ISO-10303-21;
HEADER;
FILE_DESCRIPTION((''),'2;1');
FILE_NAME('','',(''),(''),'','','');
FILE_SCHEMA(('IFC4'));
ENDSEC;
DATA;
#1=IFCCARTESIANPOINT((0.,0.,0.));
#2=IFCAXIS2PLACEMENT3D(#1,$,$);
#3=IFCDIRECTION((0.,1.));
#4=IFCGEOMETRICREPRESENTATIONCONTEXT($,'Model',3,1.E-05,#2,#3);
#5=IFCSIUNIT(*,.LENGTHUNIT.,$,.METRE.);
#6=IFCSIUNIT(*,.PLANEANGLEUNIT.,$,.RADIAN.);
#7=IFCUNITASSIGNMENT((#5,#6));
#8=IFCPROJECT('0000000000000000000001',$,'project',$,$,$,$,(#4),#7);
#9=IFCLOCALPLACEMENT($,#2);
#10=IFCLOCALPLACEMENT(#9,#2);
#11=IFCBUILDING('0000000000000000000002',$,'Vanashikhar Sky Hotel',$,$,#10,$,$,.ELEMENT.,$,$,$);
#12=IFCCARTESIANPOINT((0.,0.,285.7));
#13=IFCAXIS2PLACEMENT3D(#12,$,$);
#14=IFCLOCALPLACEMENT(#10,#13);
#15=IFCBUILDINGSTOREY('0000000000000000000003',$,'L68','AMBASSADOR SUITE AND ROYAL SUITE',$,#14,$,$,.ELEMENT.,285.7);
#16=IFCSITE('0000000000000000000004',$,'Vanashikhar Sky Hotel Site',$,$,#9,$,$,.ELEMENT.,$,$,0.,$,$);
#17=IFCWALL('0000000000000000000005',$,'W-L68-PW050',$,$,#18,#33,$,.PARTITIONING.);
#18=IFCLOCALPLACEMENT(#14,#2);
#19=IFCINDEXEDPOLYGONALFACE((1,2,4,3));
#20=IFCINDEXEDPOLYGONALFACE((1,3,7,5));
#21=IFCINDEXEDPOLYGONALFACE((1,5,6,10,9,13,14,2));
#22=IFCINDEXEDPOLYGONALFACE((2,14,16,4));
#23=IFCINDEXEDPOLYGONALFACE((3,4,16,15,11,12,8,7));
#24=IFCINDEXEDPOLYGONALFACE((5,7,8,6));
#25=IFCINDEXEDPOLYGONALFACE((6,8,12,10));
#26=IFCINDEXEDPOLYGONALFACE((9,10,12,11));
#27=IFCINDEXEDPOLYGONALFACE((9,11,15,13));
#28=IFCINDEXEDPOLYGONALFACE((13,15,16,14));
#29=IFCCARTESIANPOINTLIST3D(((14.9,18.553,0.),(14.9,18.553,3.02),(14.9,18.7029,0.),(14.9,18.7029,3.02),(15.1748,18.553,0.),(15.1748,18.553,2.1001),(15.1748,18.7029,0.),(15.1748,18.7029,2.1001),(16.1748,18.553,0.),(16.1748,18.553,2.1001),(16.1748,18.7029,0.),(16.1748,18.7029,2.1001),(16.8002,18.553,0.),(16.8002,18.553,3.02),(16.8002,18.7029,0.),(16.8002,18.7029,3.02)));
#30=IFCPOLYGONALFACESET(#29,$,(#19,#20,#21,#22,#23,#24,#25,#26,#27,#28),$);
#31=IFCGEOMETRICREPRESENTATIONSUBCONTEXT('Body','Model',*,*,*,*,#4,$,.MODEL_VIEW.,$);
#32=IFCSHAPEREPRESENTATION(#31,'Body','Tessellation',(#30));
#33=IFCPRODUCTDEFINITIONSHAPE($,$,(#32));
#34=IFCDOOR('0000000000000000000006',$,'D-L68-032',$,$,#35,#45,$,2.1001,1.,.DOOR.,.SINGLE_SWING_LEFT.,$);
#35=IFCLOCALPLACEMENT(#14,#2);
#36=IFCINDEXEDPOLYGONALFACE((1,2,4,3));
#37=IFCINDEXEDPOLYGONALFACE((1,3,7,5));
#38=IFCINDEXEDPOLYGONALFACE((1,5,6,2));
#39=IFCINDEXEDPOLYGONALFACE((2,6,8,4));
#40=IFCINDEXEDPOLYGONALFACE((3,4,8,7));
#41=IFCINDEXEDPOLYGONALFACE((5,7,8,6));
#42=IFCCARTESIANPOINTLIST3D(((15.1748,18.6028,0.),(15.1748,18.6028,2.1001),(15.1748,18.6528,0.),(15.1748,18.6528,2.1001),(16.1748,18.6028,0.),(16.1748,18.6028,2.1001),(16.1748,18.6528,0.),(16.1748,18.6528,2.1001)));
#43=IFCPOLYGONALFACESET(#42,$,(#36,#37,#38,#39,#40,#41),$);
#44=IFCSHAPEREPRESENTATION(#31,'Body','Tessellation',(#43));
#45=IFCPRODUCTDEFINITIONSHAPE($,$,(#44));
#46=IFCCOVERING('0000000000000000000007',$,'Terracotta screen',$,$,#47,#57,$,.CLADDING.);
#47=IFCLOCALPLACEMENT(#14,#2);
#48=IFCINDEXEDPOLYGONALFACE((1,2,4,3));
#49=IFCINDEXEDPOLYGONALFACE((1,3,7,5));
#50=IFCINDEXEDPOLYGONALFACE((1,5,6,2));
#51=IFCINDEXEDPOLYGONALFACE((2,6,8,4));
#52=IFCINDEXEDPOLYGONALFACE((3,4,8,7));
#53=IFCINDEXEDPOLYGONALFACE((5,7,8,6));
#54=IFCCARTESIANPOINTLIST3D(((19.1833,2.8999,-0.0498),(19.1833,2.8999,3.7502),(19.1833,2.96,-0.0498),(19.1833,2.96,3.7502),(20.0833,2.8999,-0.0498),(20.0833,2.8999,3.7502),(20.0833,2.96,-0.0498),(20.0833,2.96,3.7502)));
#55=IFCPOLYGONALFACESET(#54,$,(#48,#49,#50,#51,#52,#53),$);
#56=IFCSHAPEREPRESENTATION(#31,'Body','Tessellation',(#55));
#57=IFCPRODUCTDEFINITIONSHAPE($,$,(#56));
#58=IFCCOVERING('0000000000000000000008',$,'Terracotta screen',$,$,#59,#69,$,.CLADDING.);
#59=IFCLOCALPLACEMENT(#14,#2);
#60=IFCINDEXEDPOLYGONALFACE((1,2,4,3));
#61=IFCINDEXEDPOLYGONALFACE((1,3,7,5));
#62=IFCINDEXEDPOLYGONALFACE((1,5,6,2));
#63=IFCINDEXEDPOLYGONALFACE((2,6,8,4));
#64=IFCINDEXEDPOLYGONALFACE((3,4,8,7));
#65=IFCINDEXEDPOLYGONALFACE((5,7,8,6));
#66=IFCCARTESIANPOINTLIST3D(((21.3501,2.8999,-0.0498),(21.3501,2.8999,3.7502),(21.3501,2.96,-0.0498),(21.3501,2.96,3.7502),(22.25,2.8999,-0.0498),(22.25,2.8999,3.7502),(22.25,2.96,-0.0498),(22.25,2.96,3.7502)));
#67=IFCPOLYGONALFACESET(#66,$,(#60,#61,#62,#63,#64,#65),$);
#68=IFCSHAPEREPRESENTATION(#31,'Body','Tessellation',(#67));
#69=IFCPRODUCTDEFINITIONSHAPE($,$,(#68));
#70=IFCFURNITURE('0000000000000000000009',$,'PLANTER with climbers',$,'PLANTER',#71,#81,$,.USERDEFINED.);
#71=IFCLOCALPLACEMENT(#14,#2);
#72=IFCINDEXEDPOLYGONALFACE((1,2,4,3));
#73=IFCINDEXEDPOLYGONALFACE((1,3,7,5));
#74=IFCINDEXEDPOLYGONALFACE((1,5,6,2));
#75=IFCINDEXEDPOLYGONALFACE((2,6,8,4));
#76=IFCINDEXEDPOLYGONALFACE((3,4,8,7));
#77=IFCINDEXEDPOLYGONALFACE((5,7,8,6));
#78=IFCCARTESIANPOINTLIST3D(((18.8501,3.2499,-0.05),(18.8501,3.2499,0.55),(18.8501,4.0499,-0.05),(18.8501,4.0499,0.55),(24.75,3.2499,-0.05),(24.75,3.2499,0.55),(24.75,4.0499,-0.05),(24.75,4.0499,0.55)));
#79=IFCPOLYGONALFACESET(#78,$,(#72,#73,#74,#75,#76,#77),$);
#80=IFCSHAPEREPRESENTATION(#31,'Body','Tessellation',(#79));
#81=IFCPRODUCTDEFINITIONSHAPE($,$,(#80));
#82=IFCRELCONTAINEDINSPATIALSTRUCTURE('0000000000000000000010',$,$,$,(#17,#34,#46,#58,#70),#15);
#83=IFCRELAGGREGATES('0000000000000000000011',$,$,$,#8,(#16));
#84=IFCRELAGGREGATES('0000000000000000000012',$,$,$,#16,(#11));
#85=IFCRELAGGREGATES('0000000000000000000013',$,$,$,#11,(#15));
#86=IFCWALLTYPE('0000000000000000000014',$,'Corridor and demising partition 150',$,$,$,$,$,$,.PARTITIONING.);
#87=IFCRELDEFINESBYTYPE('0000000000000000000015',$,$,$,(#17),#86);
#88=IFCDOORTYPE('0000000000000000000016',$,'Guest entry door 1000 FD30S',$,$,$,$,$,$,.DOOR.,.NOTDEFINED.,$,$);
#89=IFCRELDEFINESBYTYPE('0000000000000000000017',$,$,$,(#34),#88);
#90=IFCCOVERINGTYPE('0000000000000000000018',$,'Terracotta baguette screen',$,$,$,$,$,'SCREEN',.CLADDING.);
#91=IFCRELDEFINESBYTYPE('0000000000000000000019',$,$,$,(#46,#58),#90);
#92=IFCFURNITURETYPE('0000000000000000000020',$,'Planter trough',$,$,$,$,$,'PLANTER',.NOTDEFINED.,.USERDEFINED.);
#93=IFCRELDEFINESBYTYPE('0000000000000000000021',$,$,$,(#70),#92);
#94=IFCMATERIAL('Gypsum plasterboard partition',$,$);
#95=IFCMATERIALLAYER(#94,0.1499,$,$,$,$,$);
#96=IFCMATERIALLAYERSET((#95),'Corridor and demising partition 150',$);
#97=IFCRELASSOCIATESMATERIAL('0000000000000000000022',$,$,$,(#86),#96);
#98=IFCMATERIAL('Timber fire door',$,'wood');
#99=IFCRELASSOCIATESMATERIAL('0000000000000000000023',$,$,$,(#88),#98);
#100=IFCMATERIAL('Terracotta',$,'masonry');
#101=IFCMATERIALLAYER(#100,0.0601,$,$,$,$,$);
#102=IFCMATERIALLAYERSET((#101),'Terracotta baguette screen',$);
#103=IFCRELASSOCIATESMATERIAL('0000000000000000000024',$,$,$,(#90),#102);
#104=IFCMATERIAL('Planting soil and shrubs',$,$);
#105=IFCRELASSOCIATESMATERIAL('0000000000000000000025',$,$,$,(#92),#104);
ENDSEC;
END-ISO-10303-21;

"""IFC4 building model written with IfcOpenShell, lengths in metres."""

from ifc_helpers import new_model, si_unit, direction, frame, frame_2d, origin, origin_2d, place, context, subcontext, project, spatial, rectangle, extrude, source, transform, mapped, material, layer, layer_set, type_object, element, fill, save


model = new_model("IFC4")

# Units and contexts
model_context = context("Model", 3, precision=1e-05, world=origin(), true_north=direction((0.0, 1.0)))
body_context = subcontext(model_context, "Body", "Model", "MODEL_VIEW")
ifc_project = project(units=[si_unit("LENGTHUNIT", "METRE"), si_unit("PLANEANGLEUNIT", "RADIAN")], contexts=[model_context])

# Site, building, storey
site_placement = place(None, origin())
site = spatial("IfcSite", under=ifc_project, at=site_placement, Name="Vanashikhar Sky Hotel Site", CompositionType="ELEMENT", RefElevation=0.0)
building_placement = place(site_placement, origin())
building = spatial("IfcBuilding", under=site, at=building_placement, Name="Vanashikhar Sky Hotel", CompositionType="ELEMENT")
storey_placement = place(building_placement, frame((0.0, 0.0, 285.7)))
storey = spatial("IfcBuildingStorey", under=building, at=storey_placement, Name="L68", Description="AMBASSADOR SUITE AND ROYAL SUITE", CompositionType="ELEMENT", Elevation=285.7)

# Shared definitions
ifc_material_1 = material(Name="Gypsum plasterboard partition")

# Wall, opening, door
ifc_layer_1 = layer(ifc_material_1, 0.1499)
ifc_layer_set_1 = layer_set([ifc_layer_1], Name="Corridor and demising partition 150")
wall_type_1 = type_object("IfcWallType", Name="Corridor and demising partition 150", PredefinedType="PARTITIONING", material=ifc_layer_set_1)
shared_shape_1 = source(origin(), body_context, "Body", "SweptSolid", [
    extrude(rectangle(XDim=1.9001, YDim=0.1499, at=frame_2d((0.9502, 0.0))), origin(), (0.0, 0.0, 1.0), 3.02),
])
wall_1_placement = place(storey_placement, frame((14.8999, 18.6279, 0.0), z_axis=(0.0, 0.0, 1.0), x_axis=(1.0, 0.0, 0.0)))
wall_1 = element("IfcWall", 1, at=wall_1_placement, inside=storey, type_object=wall_type_1, Name="W-L68-PW050", PredefinedType="PARTITIONING", context=body_context, shape_type="MappedRepresentation", body=[
    mapped(shared_shape_1, transform((0.0, 0.0, 0.0), scale=1.0)),
])
shared_shape_2 = source(origin(), body_context, "Body", "SweptSolid", [
    extrude(rectangle(XDim=1.0, YDim=2.1001, at=frame_2d((0.5, 1.05))), frame((0.0, 0.085, 0.0), z_axis=(0.0, -1.0, 0.0), x_axis=(1.0, 0.0, 0.0)), (0.0, 0.0, 1.0), 0.1699),
])
opening_1_placement = place(wall_1_placement, frame((0.2749, 0.0, 0.0)))
opening_1 = element("IfcOpeningElement", 2, at=opening_1_placement, cuts=wall_1, PredefinedType="OPENING", context=body_context, shape_type="MappedRepresentation", body=[
    mapped(shared_shape_2, transform((0.0, 0.0, 0.0), scale=1.0)),
])
ifc_material_2 = material(Name="Timber fire door", Category="wood")
door_type_1 = type_object("IfcDoorType", Name="Guest entry door 1000 FD30S", OperationType="NOTDEFINED", PredefinedType="DOOR", material=ifc_material_2)
shared_shape_3 = source(origin(), body_context, "Body", "SweptSolid", [
    extrude(rectangle(XDim=1.0, YDim=2.1001, at=frame_2d((0.5, 1.05))), frame((0.0, 0.0249, 0.0), z_axis=(0.0, -1.0, 0.0), x_axis=(1.0, 0.0, 0.0)), (0.0, 0.0, 1.0), 0.05),
])
door_1_placement = place(opening_1_placement, origin())
door_1 = element("IfcDoor", 3, at=door_1_placement, inside=storey, type_object=door_type_1, Name="D-L68-032", OperationType="SINGLE_SWING_LEFT", OverallHeight=2.1001, OverallWidth=1.0, PredefinedType="DOOR", context=body_context, shape_type="MappedRepresentation", body=[
    mapped(shared_shape_3, transform((0.0, 0.0, 0.0), scale=1.0)),
])
fill(opening_1, door_1)

# Coverings
ifc_material_3 = material(Name="Terracotta", Category="masonry")
ifc_layer_2 = layer(ifc_material_3, 0.0601)
ifc_layer_set_2 = layer_set([ifc_layer_2], Name="Terracotta baguette screen")
covering_type = type_object("IfcCoveringType", Name="Terracotta baguette screen", ElementType="SCREEN", PredefinedType="CLADDING", material=ifc_layer_set_2)
shared_shape_4 = source(origin(), body_context, "Body", "SweptSolid", [
    extrude(rectangle(XDim=0.8999, YDim=0.0601, at=origin_2d()), origin(), (0.0, 0.0, 1.0), 3.8),
])
for number, where, z_axis, x_axis, name in (
    (4, (19.6333, 2.9299, -0.0498), (0.0, 0.0, 1.0), (1.0, 0.0, 0.0), "Terracotta screen"),
    (5, (21.8, 2.9299, -0.0498), (0.0, 0.0, 1.0), (1.0, 0.0, 0.0), "Terracotta screen"),
):
    element("IfcCovering", number, at=place(storey_placement, frame(where, z_axis=z_axis, x_axis=x_axis)), inside=storey, type_object=covering_type, Name=name, PredefinedType="CLADDING", context=body_context, shape_type="MappedRepresentation", body=[
        mapped(shared_shape_4, transform((0.0, 0.0, 0.0), scale=1.0)),
    ])

# Furniture
ifc_material_4 = material(Name="Planting soil and shrubs")
furniture_type = type_object("IfcFurnitureType", Name="Planter trough", ElementType="PLANTER", AssemblyPlace="NOTDEFINED", PredefinedType="USERDEFINED", material=ifc_material_4)
shared_shape_5 = source(origin(), body_context, "Body", "SweptSolid", [
    extrude(rectangle(XDim=5.8999, YDim=0.8, at=origin_2d()), origin(), (0.0, 0.0, 1.0), 0.6001),
])
furniture_placement = place(storey_placement, frame((21.8, 3.6499, -0.05), z_axis=(0.0, 0.0, 1.0), x_axis=(1.0, 0.0, 0.0)))
element("IfcFurniture", 6, at=furniture_placement, inside=storey, type_object=furniture_type, Name="PLANTER with climbers", ObjectType="PLANTER", PredefinedType="USERDEFINED", context=body_context, shape_type="MappedRepresentation", body=[
    mapped(shared_shape_5, transform((0.0, 0.0, 0.0), scale=1.0)),
])

save(model, "model.ifc")
